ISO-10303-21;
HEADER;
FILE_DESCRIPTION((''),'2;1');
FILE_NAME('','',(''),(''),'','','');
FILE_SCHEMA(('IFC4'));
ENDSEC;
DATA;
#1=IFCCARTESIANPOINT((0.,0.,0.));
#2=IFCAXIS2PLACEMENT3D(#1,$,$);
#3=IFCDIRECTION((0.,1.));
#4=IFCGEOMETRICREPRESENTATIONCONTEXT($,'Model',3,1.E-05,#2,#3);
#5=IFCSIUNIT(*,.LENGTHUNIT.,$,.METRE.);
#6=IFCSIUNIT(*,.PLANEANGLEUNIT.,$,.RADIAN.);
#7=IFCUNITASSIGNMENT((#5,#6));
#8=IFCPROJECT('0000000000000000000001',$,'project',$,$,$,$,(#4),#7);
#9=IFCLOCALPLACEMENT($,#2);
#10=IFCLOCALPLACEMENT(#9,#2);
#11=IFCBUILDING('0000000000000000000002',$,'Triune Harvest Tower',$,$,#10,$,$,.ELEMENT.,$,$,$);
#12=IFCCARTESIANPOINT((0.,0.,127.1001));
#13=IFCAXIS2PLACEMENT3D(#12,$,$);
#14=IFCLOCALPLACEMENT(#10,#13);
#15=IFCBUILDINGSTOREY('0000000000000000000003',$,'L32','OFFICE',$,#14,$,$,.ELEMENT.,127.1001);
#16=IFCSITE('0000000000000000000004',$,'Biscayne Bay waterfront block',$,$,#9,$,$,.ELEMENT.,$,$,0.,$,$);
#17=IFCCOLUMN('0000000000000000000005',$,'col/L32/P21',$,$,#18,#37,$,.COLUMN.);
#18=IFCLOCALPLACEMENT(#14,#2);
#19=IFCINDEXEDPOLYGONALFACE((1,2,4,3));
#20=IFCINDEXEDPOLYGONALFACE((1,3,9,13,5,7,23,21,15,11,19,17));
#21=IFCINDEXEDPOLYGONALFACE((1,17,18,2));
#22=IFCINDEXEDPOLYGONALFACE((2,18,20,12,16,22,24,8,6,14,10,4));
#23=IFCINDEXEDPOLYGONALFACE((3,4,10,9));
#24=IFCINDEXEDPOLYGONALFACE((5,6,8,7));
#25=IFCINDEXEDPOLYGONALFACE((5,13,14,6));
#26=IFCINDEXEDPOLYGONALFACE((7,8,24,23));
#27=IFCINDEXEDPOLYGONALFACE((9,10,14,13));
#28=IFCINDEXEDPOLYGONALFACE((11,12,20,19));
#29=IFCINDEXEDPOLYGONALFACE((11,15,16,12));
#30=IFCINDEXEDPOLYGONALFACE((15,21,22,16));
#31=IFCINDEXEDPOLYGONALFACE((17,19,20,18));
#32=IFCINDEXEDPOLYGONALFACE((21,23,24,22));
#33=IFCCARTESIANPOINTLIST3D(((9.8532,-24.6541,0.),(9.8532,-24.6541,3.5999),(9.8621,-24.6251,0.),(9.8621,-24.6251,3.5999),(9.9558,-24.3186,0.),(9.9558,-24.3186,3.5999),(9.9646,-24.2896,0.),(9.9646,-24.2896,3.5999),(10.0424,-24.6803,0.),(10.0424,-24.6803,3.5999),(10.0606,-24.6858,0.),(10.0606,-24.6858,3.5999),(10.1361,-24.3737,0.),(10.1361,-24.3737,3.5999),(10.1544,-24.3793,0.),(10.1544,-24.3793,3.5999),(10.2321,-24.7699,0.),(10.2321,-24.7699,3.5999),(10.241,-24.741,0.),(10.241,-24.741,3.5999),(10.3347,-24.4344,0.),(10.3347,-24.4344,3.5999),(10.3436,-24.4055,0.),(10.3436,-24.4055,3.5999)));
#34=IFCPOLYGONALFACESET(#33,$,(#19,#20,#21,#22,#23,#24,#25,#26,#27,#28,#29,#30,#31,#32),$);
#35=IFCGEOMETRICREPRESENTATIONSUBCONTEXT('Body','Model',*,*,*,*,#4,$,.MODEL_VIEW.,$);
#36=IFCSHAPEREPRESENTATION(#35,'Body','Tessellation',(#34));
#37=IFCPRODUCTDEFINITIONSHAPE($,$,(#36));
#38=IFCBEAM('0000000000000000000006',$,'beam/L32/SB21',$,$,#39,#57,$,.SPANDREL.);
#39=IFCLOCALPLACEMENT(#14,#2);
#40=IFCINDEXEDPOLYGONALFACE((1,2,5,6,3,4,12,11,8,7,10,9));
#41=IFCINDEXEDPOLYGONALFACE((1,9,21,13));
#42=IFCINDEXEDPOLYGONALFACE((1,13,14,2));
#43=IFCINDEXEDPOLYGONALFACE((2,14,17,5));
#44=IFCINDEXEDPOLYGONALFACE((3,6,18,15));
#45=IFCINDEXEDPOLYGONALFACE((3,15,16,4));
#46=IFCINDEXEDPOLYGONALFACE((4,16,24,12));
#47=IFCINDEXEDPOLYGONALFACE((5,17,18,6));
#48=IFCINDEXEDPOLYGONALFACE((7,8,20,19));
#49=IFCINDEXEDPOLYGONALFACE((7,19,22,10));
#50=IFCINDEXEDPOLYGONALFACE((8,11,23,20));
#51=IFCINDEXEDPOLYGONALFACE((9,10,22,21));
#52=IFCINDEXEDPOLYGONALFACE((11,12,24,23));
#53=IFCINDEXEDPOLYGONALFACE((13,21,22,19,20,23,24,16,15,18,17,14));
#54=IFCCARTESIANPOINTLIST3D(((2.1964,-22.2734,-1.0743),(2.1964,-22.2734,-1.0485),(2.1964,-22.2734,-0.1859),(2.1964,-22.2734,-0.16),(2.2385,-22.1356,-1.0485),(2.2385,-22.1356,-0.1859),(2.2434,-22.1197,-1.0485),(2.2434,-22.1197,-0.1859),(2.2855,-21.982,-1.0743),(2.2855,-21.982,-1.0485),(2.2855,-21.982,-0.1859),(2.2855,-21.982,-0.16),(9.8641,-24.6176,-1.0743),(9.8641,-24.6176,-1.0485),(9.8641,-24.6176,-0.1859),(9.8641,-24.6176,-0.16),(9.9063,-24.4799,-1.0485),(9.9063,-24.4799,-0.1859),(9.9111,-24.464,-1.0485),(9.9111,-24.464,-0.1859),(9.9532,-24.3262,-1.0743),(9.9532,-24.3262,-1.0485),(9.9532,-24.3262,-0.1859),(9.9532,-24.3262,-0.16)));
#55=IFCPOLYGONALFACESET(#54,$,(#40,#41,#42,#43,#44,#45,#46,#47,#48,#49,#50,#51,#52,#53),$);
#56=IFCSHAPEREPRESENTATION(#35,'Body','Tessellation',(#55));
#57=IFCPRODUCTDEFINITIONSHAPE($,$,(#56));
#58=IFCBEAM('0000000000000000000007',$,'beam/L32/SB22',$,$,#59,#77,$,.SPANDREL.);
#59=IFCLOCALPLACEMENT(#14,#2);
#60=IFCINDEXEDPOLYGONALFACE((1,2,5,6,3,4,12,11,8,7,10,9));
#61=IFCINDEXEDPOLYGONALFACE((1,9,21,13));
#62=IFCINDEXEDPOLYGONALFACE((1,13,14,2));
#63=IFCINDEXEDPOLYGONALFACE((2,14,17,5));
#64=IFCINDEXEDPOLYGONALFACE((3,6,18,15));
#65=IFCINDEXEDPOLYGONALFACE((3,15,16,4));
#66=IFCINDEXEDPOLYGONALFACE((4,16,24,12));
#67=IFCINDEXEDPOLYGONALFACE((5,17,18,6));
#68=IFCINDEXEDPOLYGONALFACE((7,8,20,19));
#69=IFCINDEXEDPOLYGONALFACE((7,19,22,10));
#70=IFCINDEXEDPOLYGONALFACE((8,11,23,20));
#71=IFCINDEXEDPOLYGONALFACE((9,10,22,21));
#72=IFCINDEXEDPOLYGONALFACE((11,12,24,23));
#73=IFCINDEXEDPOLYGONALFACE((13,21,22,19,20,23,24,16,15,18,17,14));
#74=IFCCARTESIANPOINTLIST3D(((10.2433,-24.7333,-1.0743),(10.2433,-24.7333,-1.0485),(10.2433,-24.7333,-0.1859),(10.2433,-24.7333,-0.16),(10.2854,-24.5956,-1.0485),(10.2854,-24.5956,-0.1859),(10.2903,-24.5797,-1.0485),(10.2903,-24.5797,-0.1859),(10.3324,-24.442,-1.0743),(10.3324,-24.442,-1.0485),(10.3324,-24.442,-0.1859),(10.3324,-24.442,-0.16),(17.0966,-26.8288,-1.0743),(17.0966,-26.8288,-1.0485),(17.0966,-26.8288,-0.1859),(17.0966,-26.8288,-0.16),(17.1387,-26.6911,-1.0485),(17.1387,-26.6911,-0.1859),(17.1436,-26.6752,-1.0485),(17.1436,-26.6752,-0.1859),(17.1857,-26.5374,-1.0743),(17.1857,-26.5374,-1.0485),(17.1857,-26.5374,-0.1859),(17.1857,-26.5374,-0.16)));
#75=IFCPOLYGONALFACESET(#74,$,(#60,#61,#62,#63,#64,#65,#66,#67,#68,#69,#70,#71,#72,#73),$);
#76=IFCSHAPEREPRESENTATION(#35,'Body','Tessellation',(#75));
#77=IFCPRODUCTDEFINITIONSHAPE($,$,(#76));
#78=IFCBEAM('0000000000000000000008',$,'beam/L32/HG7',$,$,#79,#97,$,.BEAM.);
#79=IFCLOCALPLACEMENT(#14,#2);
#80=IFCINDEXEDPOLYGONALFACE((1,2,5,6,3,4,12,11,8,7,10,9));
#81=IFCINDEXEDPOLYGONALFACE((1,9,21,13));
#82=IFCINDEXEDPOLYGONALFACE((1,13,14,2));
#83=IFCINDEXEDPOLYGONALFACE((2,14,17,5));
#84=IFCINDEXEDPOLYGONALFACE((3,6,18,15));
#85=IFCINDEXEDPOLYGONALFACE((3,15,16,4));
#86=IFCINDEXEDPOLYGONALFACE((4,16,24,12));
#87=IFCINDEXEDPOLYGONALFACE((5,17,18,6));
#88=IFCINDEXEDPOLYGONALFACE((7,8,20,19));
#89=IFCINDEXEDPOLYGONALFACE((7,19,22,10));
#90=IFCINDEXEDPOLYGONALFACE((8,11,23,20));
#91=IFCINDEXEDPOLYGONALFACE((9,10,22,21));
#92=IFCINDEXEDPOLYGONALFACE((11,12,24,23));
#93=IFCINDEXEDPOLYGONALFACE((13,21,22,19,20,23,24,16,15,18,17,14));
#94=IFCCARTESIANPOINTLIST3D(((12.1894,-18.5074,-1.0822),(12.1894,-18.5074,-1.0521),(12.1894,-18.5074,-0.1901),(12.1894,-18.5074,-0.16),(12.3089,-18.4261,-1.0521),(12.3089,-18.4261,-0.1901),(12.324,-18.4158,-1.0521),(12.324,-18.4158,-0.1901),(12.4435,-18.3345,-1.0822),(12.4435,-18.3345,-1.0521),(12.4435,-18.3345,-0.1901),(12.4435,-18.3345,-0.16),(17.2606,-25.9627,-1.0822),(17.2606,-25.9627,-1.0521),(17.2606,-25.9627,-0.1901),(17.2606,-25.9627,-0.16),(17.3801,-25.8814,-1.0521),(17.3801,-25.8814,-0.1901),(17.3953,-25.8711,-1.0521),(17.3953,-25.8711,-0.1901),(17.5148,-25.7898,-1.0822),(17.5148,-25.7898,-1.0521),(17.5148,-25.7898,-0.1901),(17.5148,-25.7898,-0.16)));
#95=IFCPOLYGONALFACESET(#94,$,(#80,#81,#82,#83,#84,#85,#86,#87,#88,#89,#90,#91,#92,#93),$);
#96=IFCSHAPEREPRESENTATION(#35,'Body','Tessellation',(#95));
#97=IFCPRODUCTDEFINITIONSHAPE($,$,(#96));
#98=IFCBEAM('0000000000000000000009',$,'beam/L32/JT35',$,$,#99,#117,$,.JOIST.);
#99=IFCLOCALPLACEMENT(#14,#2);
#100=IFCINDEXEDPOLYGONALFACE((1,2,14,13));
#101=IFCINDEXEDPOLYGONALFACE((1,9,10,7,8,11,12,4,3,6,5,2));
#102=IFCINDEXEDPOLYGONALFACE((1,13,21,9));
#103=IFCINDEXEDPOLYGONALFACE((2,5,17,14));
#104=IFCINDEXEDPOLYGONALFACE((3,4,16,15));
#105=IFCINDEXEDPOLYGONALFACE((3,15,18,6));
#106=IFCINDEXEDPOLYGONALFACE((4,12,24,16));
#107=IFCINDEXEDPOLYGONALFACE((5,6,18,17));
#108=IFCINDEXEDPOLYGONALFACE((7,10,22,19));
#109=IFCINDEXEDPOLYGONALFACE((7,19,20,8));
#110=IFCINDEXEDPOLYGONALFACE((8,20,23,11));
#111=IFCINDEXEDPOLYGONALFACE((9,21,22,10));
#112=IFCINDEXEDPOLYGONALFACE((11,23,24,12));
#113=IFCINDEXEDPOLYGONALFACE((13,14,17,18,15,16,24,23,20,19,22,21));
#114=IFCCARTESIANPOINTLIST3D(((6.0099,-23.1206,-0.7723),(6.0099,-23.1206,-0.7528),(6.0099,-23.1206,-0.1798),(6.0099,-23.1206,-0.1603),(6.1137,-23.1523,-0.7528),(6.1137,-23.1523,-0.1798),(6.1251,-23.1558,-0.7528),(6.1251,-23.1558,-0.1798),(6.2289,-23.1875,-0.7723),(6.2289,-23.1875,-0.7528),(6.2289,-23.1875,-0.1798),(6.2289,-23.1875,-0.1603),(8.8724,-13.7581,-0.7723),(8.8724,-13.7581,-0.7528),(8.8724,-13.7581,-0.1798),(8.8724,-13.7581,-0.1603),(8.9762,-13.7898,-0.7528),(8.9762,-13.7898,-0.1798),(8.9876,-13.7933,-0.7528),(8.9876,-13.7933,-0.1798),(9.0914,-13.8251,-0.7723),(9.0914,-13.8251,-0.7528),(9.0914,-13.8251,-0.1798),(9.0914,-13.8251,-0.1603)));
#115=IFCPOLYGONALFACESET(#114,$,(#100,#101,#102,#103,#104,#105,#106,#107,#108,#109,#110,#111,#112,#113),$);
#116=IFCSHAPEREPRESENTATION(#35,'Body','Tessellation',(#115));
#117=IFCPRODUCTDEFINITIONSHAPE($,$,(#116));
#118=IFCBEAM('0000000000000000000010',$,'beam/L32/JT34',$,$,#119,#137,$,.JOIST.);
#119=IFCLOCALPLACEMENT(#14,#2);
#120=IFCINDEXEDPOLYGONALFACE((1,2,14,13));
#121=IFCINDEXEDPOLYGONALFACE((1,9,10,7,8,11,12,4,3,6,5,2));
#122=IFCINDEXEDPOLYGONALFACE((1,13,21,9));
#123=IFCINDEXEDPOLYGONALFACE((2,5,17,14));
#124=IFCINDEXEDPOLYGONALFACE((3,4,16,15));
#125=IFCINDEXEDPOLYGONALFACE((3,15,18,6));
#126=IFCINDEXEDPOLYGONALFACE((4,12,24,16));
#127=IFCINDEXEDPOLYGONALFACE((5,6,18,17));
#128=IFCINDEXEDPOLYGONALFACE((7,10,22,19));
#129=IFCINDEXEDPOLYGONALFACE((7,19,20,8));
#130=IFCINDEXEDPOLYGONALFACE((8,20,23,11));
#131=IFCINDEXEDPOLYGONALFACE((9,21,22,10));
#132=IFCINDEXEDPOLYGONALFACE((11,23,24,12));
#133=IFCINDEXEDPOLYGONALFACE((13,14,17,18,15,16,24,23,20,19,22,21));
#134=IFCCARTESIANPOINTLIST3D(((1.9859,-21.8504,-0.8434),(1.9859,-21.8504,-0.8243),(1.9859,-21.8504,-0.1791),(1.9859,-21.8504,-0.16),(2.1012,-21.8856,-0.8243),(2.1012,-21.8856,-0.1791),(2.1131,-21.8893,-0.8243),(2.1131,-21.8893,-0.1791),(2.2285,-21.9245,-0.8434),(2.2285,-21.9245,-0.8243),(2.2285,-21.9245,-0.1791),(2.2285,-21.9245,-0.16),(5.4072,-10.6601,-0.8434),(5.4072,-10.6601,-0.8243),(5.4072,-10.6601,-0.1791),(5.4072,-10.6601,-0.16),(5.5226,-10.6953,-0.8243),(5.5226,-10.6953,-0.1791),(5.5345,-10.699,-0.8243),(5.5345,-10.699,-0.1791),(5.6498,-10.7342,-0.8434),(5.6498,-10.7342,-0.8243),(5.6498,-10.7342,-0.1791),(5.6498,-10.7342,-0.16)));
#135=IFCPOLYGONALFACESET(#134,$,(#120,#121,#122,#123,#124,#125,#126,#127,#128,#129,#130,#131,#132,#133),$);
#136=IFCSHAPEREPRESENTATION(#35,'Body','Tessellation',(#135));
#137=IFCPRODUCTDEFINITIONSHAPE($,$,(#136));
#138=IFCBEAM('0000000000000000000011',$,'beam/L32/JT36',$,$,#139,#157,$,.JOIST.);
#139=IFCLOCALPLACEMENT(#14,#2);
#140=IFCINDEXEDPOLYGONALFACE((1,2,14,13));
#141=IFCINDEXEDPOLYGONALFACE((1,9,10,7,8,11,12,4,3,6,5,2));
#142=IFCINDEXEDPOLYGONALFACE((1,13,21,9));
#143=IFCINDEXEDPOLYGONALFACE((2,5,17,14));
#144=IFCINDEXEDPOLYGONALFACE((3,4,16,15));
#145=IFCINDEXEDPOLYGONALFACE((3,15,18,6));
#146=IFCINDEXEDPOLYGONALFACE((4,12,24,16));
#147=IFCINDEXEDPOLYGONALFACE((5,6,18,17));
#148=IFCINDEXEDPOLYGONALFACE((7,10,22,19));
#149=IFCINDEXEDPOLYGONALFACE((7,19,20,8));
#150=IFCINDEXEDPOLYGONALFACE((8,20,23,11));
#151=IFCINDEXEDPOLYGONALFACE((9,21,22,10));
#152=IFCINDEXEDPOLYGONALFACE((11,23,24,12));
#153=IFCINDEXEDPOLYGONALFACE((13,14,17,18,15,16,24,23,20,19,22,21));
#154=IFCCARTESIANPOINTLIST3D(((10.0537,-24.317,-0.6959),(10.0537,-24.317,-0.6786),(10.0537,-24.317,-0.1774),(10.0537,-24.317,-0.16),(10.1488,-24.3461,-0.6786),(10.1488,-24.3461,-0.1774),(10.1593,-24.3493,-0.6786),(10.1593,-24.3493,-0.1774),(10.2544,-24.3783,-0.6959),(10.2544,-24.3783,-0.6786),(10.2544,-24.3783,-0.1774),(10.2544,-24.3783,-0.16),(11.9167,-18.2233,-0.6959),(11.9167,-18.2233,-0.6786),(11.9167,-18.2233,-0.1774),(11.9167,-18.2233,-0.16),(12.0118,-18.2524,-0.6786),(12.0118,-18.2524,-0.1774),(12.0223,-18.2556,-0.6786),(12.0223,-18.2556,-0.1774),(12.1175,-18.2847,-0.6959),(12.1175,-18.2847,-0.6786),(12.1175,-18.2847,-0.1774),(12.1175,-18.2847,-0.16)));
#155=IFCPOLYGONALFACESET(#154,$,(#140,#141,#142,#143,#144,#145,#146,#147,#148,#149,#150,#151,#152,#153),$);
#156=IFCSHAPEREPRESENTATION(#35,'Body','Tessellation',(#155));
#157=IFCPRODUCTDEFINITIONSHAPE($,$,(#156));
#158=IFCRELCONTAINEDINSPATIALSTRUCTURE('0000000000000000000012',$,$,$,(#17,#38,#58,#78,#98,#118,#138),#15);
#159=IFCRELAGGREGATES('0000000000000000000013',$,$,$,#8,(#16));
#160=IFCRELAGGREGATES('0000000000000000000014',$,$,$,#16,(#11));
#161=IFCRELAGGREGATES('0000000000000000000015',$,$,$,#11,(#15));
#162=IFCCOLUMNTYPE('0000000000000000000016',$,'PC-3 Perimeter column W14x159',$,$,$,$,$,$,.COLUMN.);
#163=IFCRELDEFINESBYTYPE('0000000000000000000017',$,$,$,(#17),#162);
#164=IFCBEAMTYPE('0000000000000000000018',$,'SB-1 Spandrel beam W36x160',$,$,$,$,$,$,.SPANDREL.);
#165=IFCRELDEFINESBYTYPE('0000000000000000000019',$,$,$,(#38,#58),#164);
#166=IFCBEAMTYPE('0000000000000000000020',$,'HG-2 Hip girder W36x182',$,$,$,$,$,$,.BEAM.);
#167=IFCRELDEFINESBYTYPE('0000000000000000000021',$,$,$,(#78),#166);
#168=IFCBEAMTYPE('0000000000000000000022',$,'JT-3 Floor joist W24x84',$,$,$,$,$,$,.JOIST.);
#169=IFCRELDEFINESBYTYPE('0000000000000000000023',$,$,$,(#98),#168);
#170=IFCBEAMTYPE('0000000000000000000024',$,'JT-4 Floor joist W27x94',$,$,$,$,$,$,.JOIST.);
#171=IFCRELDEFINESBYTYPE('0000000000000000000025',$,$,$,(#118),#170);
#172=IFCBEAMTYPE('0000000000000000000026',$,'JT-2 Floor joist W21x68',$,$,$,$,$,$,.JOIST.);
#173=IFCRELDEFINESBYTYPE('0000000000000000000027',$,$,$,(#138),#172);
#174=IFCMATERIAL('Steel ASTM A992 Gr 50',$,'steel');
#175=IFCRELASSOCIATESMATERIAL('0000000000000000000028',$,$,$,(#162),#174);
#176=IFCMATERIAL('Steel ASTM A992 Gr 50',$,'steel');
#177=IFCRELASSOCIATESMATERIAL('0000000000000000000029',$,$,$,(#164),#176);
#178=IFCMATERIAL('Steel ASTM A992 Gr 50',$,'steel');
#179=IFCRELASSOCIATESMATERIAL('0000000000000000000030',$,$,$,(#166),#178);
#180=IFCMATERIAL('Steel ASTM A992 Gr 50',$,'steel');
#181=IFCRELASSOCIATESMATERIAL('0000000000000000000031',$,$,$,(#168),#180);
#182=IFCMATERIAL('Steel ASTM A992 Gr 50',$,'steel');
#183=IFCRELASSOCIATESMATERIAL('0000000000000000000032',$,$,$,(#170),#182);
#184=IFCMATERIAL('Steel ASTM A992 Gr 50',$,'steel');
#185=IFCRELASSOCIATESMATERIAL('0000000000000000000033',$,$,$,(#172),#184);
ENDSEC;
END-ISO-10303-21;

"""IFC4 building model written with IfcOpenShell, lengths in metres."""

from ifc_helpers import new_model, si_unit, direction, frame, origin, origin_2d, place, context, subcontext, project, spatial, i_section, extrude, source, transform, mapped, material, material_profile, profile_set, type_object, element, save


model = new_model("IFC4")

# Units and contexts
model_context = context("Model", 3, precision=1e-05, world=origin(), true_north=direction((0.0, 1.0)))
body_context = subcontext(model_context, "Body", "Model", "MODEL_VIEW")
ifc_project = project(units=[si_unit("LENGTHUNIT", "METRE"), si_unit("PLANEANGLEUNIT", "RADIAN")], contexts=[model_context])

# Site, building, storey
site_placement = place(None, origin())
site = spatial("IfcSite", under=ifc_project, at=site_placement, Name="Biscayne Bay waterfront block", CompositionType="ELEMENT", RefElevation=0.0)
building_placement = place(site_placement, origin())
building = spatial("IfcBuilding", under=site, at=building_placement, Name="Triune Harvest Tower", CompositionType="ELEMENT")
storey_placement = place(building_placement, frame((0.0, 0.0, 127.1001)))
storey = spatial("IfcBuildingStorey", under=building, at=storey_placement, Name="L32", Description="OFFICE", CompositionType="ELEMENT", Elevation=127.1001)

# Column
ifc_material_1 = material(Name="Steel ASTM A992 Gr 50", Category="steel")
ifc_material_profile_1 = material_profile(ifc_material_1, i_section(OverallWidth=0.3962, OverallDepth=0.3811, WebThickness=0.019, FlangeThickness=0.0303, at=origin_2d()), Name="W14x159")
ifc_profile_set_1 = profile_set([ifc_material_profile_1], Name="Steel ASTM A992 Gr 50")
column_type = type_object("IfcColumnType", Name="PC-3 Perimeter column W14x159", PredefinedType="COLUMN", material=ifc_profile_set_1)
shared_shape_1 = source(origin(), body_context, "Body", "SweptSolid", [
    extrude(i_section(OverallWidth=0.3962, OverallDepth=0.3811, WebThickness=0.019, FlangeThickness=0.0303, at=origin_2d()), origin(), (0.0, 0.0, 1.0), 3.5999),
])
column_placement = place(storey_placement, frame((10.0984, -24.5298, 0.0), z_axis=(0.0, 0.0, 1.0), x_axis=(0.956305, -0.292372, 0.0)))
element("IfcColumn", 1, at=column_placement, inside=storey, type_object=column_type, Name="col/L32/P21", PredefinedType="COLUMN", context=body_context, shape_type="MappedRepresentation", body=[
    mapped(shared_shape_1, transform((0.0, 0.0, 0.0), scale=1.0)),
])

# Beams
ifc_material_2 = material(Name="Steel ASTM A992 Gr 50", Category="steel")
ifc_material_profile_2 = material_profile(ifc_material_2, i_section(OverallWidth=0.3047, OverallDepth=0.9143, WebThickness=0.0166, FlangeThickness=0.0259, at=origin_2d()), Name="W36x160")
ifc_profile_set_2 = profile_set([ifc_material_profile_2], Name="Steel ASTM A992 Gr 50")
beam_type_1 = type_object("IfcBeamType", Name="SB-1 Spandrel beam W36x160", PredefinedType="SPANDREL", material=ifc_profile_set_2)
shared_shape_2 = source(origin(), body_context, "Body", "SweptSolid", [
    extrude(i_section(OverallWidth=0.3047, OverallDepth=0.9143, WebThickness=0.0166, FlangeThickness=0.0259, at=origin_2d()), origin(), (0.0, 0.0, 1.0), 8.0181),
])
beam_1_placement = place(storey_placement, frame((2.241, -22.1277, -0.6172), z_axis=(0.956305, -0.292369, 0.0), x_axis=(0.292369, 0.956305, 0.0)))
element("IfcBeam", 2, at=beam_1_placement, inside=storey, type_object=beam_type_1, Name="beam/L32/SB21", PredefinedType="SPANDREL", context=body_context, shape_type="MappedRepresentation", body=[
    mapped(shared_shape_2, transform((0.0, 0.0, 0.0), scale=1.0)),
])
shared_shape_3 = source(origin(), body_context, "Body", "SweptSolid", [
    extrude(i_section(OverallWidth=0.3047, OverallDepth=0.9143, WebThickness=0.0166, FlangeThickness=0.0259, at=origin_2d()), origin(), (0.0, 0.0, 1.0), 7.1665),
])
beam_2_placement = place(storey_placement, frame((10.2878, -24.5876, -0.6172), z_axis=(0.956297, -0.292398, 0.0), x_axis=(0.292398, 0.956297, 0.0)))
element("IfcBeam", 3, at=beam_2_placement, inside=storey, type_object=beam_type_1, Name="beam/L32/SB22", PredefinedType="SPANDREL", context=body_context, shape_type="MappedRepresentation", body=[
    mapped(shared_shape_3, transform((0.0, 0.0, 0.0), scale=1.0)),
])
ifc_material_3 = material(Name="Steel ASTM A992 Gr 50", Category="steel")
ifc_material_profile_3 = material_profile(ifc_material_3, i_section(OverallWidth=0.3074, OverallDepth=0.9221, WebThickness=0.0183, FlangeThickness=0.03, at=origin_2d()), Name="W36x182")
ifc_profile_set_3 = profile_set([ifc_material_profile_3], Name="Steel ASTM A992 Gr 50")
beam_type_2 = type_object("IfcBeamType", Name="HG-2 Hip girder W36x182", PredefinedType="BEAM", material=ifc_profile_set_3)
shared_shape_4 = source(origin(), body_context, "Body", "SweptSolid", [
    extrude(i_section(OverallWidth=0.3074, OverallDepth=0.9221, WebThickness=0.0183, FlangeThickness=0.03, at=origin_2d()), origin(), (0.0, 0.0, 1.0), 9.0166),
])
beam_3_placement = place(storey_placement, frame((17.3877, -25.8762, -0.6211), z_axis=(-0.562437, 0.82684, 0.0), x_axis=(-0.82684, -0.562437, 0.0)))
element("IfcBeam", 4, at=beam_3_placement, inside=storey, type_object=beam_type_2, Name="beam/L32/HG7", PredefinedType="BEAM", context=body_context, shape_type="MappedRepresentation", body=[
    mapped(shared_shape_4, transform((0.0, 0.0, 0.0), scale=1.0)),
])
ifc_material_4 = material(Name="Steel ASTM A992 Gr 50", Category="steel")
ifc_material_profile_4 = material_profile(ifc_material_4, i_section(OverallWidth=0.229, OverallDepth=0.6121, WebThickness=0.012, FlangeThickness=0.0195, at=origin_2d()), Name="W24x84")
ifc_profile_set_4 = profile_set([ifc_material_profile_4], Name="Steel ASTM A992 Gr 50")
beam_type_3 = type_object("IfcBeamType", Name="JT-3 Floor joist W24x84", PredefinedType="JOIST", material=ifc_profile_set_4)
shared_shape_5 = source(origin(), body_context, "Body", "SweptSolid", [
    extrude(i_section(OverallWidth=0.229, OverallDepth=0.6121, WebThickness=0.012, FlangeThickness=0.0195, at=origin_2d()), origin(), (0.0, 0.0, 1.0), 9.7903),
])
beam_4_placement = place(storey_placement, frame((6.1194, -23.1541, -0.4663), z_axis=(0.292384, 0.956301, 0.0), x_axis=(-0.956301, 0.292384, 0.0)))
element("IfcBeam", 5, at=beam_4_placement, inside=storey, type_object=beam_type_3, Name="beam/L32/JT35", PredefinedType="JOIST", context=body_context, shape_type="MappedRepresentation", body=[
    mapped(shared_shape_5, transform((0.0, 0.0, 0.0), scale=1.0)),
])
ifc_material_5 = material(Name="Steel ASTM A992 Gr 50", Category="steel")
ifc_material_profile_5 = material_profile(ifc_material_5, i_section(OverallWidth=0.2537, OverallDepth=0.6833, WebThickness=0.0125, FlangeThickness=0.019, at=origin_2d()), Name="W27x94")
ifc_profile_set_5 = profile_set([ifc_material_profile_5], Name="Steel ASTM A992 Gr 50")
beam_type_4 = type_object("IfcBeamType", Name="JT-4 Floor joist W27x94", PredefinedType="JOIST", material=ifc_profile_set_5)
shared_shape_6 = source(origin(), body_context, "Body", "SweptSolid", [
    extrude(i_section(OverallWidth=0.2537, OverallDepth=0.6833, WebThickness=0.0125, FlangeThickness=0.019, at=origin_2d()), origin(), (0.0, 0.0, 1.0), 11.7017),
])
beam_5_placement = place(storey_placement, frame((2.1072, -21.8875, -0.5017), z_axis=(0.292382, 0.956302, 0.0), x_axis=(-0.956302, 0.292382, 0.0)))
element("IfcBeam", 6, at=beam_5_placement, inside=storey, type_object=beam_type_4, Name="beam/L32/JT34", PredefinedType="JOIST", context=body_context, shape_type="MappedRepresentation", body=[
    mapped(shared_shape_6, transform((0.0, 0.0, 0.0), scale=1.0)),
])
ifc_material_6 = material(Name="Steel ASTM A992 Gr 50", Category="steel")
ifc_material_profile_6 = material_profile(ifc_material_6, i_section(OverallWidth=0.21, OverallDepth=0.5359, WebThickness=0.011, FlangeThickness=0.0173, at=origin_2d()), Name="W21x68")
ifc_profile_set_6 = profile_set([ifc_material_profile_6], Name="Steel ASTM A992 Gr 50")
beam_type_5 = type_object("IfcBeamType", Name="JT-2 Floor joist W21x68", PredefinedType="JOIST", material=ifc_profile_set_6)
shared_shape_7 = source(origin(), body_context, "Body", "SweptSolid", [
    extrude(i_section(OverallWidth=0.21, OverallDepth=0.5359, WebThickness=0.011, FlangeThickness=0.0173, at=origin_2d()), origin(), (0.0, 0.0, 1.0), 6.3721),
])
beam_6_placement = place(storey_placement, frame((10.1541, -24.3477, -0.428), z_axis=(0.29237, 0.956305, 0.0), x_axis=(-0.956305, 0.29237, 0.0)))
element("IfcBeam", 7, at=beam_6_placement, inside=storey, type_object=beam_type_5, Name="beam/L32/JT36", PredefinedType="JOIST", context=body_context, shape_type="MappedRepresentation", body=[
    mapped(shared_shape_7, transform((0.0, 0.0, 0.0), scale=1.0)),
])

save(model, "model.ifc")
